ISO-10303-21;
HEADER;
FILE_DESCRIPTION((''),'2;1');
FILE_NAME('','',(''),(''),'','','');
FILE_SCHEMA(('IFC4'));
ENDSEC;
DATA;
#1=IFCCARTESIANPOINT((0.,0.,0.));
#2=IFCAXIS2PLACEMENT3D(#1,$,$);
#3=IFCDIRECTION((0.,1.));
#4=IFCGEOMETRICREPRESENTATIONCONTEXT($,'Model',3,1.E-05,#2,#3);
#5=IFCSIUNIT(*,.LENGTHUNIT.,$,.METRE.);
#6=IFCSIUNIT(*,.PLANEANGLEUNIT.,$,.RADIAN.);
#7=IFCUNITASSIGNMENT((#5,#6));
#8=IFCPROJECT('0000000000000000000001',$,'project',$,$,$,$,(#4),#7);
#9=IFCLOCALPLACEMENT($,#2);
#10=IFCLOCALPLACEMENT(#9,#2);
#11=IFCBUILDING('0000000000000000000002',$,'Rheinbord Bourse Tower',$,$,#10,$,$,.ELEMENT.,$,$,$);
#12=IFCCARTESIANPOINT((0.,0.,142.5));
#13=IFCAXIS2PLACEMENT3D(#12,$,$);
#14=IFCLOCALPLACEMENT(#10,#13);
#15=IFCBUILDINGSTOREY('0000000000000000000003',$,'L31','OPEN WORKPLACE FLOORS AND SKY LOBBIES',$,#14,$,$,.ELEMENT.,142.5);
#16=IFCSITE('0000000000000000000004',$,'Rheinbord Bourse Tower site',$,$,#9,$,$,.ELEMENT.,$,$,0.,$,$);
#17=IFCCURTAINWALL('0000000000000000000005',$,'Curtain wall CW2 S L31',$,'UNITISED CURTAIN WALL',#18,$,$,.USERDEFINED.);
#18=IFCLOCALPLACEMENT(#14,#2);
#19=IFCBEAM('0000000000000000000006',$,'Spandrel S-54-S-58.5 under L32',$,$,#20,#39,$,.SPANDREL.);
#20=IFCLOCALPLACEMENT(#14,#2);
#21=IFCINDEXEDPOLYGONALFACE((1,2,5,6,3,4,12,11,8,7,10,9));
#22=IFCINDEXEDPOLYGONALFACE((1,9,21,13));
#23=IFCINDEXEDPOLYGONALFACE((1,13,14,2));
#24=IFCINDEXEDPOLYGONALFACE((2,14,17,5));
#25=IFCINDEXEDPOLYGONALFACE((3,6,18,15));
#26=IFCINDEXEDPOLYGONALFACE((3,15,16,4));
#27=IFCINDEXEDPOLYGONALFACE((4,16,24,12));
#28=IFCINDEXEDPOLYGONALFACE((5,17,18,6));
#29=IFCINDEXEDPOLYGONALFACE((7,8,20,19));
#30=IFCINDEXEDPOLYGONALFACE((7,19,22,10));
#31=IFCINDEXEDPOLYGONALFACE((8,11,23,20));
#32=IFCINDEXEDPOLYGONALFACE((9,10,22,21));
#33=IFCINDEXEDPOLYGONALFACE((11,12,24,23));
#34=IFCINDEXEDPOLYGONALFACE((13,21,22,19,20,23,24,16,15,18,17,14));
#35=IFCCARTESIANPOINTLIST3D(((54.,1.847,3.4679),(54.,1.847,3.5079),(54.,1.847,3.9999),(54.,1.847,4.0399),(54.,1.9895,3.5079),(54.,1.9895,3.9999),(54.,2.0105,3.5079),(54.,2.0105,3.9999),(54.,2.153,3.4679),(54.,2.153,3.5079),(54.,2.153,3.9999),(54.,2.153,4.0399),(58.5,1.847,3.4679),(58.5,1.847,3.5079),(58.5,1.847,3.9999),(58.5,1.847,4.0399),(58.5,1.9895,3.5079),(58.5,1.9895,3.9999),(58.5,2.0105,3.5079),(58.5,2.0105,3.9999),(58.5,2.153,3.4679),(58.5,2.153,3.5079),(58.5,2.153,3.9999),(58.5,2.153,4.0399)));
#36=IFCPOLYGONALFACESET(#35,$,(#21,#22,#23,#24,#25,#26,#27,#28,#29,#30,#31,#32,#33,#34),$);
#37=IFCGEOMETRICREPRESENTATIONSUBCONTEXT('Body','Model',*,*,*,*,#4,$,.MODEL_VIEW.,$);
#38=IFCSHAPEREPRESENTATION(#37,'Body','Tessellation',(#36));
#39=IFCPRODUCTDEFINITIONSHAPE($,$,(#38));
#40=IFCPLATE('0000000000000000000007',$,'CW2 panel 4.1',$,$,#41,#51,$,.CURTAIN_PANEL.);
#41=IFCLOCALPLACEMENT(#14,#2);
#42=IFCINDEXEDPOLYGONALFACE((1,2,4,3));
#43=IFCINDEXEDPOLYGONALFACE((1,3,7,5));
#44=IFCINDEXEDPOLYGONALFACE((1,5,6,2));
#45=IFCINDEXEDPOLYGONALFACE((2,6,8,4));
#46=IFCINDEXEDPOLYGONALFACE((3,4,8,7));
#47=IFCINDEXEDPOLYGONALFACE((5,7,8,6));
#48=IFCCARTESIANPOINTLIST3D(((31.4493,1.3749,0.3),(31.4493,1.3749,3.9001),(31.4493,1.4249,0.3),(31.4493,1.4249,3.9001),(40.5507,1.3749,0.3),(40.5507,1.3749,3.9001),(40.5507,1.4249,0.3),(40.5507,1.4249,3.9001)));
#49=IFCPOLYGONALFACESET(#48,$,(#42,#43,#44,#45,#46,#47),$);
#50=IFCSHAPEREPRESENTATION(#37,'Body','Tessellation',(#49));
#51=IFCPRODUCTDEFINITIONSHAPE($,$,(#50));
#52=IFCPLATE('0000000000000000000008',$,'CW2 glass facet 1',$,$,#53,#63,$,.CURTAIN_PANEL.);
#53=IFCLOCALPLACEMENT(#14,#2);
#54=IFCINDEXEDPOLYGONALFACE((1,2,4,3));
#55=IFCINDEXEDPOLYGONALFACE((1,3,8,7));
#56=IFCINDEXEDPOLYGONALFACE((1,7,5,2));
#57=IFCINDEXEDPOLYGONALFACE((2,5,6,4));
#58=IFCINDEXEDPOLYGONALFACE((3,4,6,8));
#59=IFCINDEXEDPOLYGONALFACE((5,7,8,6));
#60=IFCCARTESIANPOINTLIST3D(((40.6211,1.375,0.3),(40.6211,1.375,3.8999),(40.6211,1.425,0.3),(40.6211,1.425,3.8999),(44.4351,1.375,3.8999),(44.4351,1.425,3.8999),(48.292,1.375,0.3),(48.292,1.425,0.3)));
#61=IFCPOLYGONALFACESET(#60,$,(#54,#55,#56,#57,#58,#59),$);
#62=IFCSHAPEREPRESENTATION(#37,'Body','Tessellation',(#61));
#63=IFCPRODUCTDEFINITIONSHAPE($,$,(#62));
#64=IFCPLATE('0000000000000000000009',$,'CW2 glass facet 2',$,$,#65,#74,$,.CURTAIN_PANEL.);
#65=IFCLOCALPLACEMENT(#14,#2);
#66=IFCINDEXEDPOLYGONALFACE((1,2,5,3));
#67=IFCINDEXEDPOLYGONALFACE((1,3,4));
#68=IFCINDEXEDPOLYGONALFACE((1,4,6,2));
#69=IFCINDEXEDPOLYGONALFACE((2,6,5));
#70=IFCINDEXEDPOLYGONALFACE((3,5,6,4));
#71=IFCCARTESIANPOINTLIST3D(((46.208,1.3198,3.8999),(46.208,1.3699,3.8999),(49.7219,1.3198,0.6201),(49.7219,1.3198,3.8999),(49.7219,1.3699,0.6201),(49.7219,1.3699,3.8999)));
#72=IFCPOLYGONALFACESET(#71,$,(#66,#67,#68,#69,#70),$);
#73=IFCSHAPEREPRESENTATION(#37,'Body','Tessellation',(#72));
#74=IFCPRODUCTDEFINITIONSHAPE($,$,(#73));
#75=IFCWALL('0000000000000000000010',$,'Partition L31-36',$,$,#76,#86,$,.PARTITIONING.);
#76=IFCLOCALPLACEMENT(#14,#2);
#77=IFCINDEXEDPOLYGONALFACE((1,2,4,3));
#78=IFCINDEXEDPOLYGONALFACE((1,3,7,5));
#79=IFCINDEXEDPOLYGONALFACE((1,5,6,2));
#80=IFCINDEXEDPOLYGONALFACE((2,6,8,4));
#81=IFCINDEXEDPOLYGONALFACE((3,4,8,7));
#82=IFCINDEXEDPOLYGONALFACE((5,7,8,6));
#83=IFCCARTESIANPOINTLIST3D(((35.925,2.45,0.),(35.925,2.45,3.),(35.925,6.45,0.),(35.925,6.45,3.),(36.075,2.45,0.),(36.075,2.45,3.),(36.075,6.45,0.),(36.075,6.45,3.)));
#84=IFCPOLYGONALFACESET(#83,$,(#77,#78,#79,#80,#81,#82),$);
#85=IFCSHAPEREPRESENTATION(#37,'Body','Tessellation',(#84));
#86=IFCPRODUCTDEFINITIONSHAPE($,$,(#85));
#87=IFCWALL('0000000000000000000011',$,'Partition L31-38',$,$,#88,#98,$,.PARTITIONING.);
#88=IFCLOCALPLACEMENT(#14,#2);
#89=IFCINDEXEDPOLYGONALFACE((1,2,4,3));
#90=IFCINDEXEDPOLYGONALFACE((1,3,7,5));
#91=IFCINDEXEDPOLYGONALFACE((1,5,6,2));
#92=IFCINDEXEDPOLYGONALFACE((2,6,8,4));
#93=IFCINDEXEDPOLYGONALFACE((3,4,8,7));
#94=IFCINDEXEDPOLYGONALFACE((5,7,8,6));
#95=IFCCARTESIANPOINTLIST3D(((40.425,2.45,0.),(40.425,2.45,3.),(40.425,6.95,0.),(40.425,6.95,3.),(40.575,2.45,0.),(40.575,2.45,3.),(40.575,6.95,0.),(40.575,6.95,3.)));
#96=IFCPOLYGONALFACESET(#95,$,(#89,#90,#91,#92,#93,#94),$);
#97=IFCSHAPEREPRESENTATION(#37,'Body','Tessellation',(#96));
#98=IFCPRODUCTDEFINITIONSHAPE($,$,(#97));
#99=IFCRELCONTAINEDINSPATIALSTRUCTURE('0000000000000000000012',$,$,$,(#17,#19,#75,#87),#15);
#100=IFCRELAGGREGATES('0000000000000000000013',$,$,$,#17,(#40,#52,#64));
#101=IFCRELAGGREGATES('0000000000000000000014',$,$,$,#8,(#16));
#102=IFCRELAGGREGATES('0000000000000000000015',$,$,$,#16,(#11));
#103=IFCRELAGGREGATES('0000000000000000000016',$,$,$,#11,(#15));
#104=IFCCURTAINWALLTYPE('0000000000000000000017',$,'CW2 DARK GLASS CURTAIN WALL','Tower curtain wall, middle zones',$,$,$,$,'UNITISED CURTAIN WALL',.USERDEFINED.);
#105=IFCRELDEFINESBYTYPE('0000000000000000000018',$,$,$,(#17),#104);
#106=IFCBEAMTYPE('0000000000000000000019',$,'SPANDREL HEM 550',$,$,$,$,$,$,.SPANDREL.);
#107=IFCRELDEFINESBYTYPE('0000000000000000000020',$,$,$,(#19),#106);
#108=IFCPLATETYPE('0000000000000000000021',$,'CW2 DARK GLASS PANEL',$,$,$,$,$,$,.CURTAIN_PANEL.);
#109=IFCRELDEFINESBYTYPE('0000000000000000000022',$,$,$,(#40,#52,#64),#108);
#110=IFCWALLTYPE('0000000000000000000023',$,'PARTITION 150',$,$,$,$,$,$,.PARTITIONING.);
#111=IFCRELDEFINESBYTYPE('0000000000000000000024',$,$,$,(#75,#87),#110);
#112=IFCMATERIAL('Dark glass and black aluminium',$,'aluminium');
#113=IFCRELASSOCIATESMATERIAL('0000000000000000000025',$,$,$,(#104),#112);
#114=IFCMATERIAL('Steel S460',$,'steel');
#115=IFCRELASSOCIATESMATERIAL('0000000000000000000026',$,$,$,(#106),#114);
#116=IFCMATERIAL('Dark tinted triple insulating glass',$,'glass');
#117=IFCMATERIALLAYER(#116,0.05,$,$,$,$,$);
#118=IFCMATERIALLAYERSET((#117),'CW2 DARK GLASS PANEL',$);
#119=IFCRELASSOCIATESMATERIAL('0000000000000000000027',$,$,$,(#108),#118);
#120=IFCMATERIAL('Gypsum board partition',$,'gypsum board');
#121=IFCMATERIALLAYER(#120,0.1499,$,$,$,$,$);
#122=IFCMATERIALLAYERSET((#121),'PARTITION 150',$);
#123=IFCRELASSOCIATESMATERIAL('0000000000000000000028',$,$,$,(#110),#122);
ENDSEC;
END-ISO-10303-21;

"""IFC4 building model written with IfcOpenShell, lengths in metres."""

from ifc_helpers import new_model, si_unit, direction, frame, frame_2d, origin, origin_2d, place, context, subcontext, project, spatial, polyline, rectangle, i_section, outline, extrude, material, layer, layer_set, material_profile, profile_set, type_object, element, aggregate, save


model = new_model("IFC4")

# Units and contexts
model_context = context("Model", 3, precision=1e-05, world=origin(), true_north=direction((0.0, 1.0)))
body_context = subcontext(model_context, "Body", "Model", "MODEL_VIEW")
ifc_project = project(units=[si_unit("LENGTHUNIT", "METRE"), si_unit("PLANEANGLEUNIT", "RADIAN")], contexts=[model_context])

# Site, building, storey
site_placement = place(None, origin())
site = spatial("IfcSite", under=ifc_project, at=site_placement, Name="Rheinbord Bourse Tower site", CompositionType="ELEMENT", RefElevation=0.0)
building_placement = place(site_placement, origin())
building = spatial("IfcBuilding", under=site, at=building_placement, Name="Rheinbord Bourse Tower", CompositionType="ELEMENT")
storey_placement = place(building_placement, frame((0.0, 0.0, 142.5)))
storey = spatial("IfcBuildingStorey", under=building, at=storey_placement, Name="L31", Description="OPEN WORKPLACE FLOORS AND SKY LOBBIES", CompositionType="ELEMENT", Elevation=142.5)

# Curtain wall
ifc_material_1 = material(Name="Dark glass and black aluminium", Category="aluminium")
curtain_wall_type = type_object("IfcCurtainWallType", Name="CW2 DARK GLASS CURTAIN WALL", Description="Tower curtain wall, middle zones", ElementType="UNITISED CURTAIN WALL", PredefinedType="USERDEFINED", material=ifc_material_1)
curtain_wall_placement = place(storey_placement, origin())
curtain_wall = element("IfcCurtainWall", 1, at=curtain_wall_placement, inside=storey, type_object=curtain_wall_type, Name="Curtain wall CW2 S L31", ObjectType="UNITISED CURTAIN WALL", PredefinedType="USERDEFINED")

# Beam
ifc_material_2 = material(Name="Steel S460", Category="steel")
ifc_material_profile_1 = material_profile(ifc_material_2, i_section(OverallWidth=0.3059, OverallDepth=0.572, WebThickness=0.021, FlangeThickness=0.04, at=origin_2d()), Name="HEM 550")
ifc_profile_set_1 = profile_set([ifc_material_profile_1], Name="Steel S460")
beam_type_1 = type_object("IfcBeamType", Name="SPANDREL HEM 550", PredefinedType="SPANDREL", material=ifc_profile_set_1)
for number, where, z_axis, x_axis, name in (
    (2, (54.0, 2.0, 3.7539), (1.0, 0.0, 0.0), (0.0, 1.0, 0.0), "Spandrel S-54-S-58.5 under L32"),
):
    element("IfcBeam", number, at=place(storey_placement, frame(where, z_axis=z_axis, x_axis=x_axis)), inside=storey, type_object=beam_type_1, Name=name, PredefinedType="SPANDREL", context=body_context, shape_type="SweptSolid", body=[
        extrude(i_section(OverallWidth=0.3059, OverallDepth=0.572, WebThickness=0.021, FlangeThickness=0.04, at=origin_2d()), origin(), (0.0, 0.0, 1.0), 4.5),
    ])

# Plates
ifc_material_3 = material(Name="Dark tinted triple insulating glass", Category="glass")
ifc_layer_1 = layer(ifc_material_3, 0.05)
ifc_layer_set_1 = layer_set([ifc_layer_1], Name="CW2 DARK GLASS PANEL")
plate_type = type_object("IfcPlateType", Name="CW2 DARK GLASS PANEL", PredefinedType="CURTAIN_PANEL", material=ifc_layer_set_1)
plate_1_placement = place(storey_placement, frame((36.0, 1.3999, 0.3), z_axis=(0.0, 0.0, 1.0), x_axis=(1.0, 0.0, 0.0)))
plate_1 = element("IfcPlate", 3, at=plate_1_placement, type_object=plate_type, Name="CW2 panel 4.1", PredefinedType="CURTAIN_PANEL", context=body_context, shape_type="SweptSolid", body=[
    extrude(rectangle(XDim=9.1013, YDim=0.05, at=origin_2d()), origin(), (0.0, 0.0, 1.0), 3.6001),
])
plate_2_placement = place(storey_placement, frame((40.6211, 1.375, 0.3), z_axis=(0.0, 1.0, 0.0), x_axis=(0.0, 0.0, 1.0)))
plate_2 = element("IfcPlate", 4, at=plate_2_placement, type_object=plate_type, Name="CW2 glass facet 1", PredefinedType="CURTAIN_PANEL", context=body_context, shape_type="SweptSolid", body=[
    extrude(outline(polyline([(0.0, 0.0), (3.5999, 0.0), (3.5999, 3.814), (0.0, 7.6709), (0.0, 0.0)])), origin(), (0.0, 0.0, 1.0), 0.05),
])
plate_3_placement = place(storey_placement, frame((49.7219, 1.3198, 3.8999), z_axis=(0.0, 1.0, 0.0), x_axis=(0.0, 0.0, -1.0)))
plate_3 = element("IfcPlate", 5, at=plate_3_placement, type_object=plate_type, Name="CW2 glass facet 2", PredefinedType="CURTAIN_PANEL", context=body_context, shape_type="SweptSolid", body=[
    extrude(outline(polyline([(0.0, 0.0), (3.2798, 0.0), (0.0, 3.5139), (0.0, 0.0)])), origin(), (0.0, 0.0, 1.0), 0.05),
])
aggregate(curtain_wall, [plate_1, plate_2, plate_3])

# Walls
ifc_material_4 = material(Name="Gypsum board partition", Category="gypsum board")
ifc_layer_2 = layer(ifc_material_4, 0.1499)
ifc_layer_set_2 = layer_set([ifc_layer_2], Name="PARTITION 150")
wall_type = type_object("IfcWallType", Name="PARTITION 150", PredefinedType="PARTITIONING", material=ifc_layer_set_2)
wall_1_placement = place(storey_placement, frame((36.0, 2.45, 0.0), z_axis=(0.0, 0.0, 1.0), x_axis=(0.0, 1.0, 0.0)))
element("IfcWall", 6, at=wall_1_placement, inside=storey, type_object=wall_type, Name="Partition L31-36", PredefinedType="PARTITIONING", context=body_context, shape_type="SweptSolid", body=[
    extrude(rectangle(XDim=4.0, YDim=0.1499, at=frame_2d((2.0, 0.0))), origin(), (0.0, 0.0, 1.0), 3.0),
])
wall_2_placement = place(storey_placement, frame((40.5, 2.45, 0.0), z_axis=(0.0, 0.0, 1.0), x_axis=(0.0, 1.0, 0.0)))
element("IfcWall", 7, at=wall_2_placement, inside=storey, type_object=wall_type, Name="Partition L31-38", PredefinedType="PARTITIONING", context=body_context, shape_type="SweptSolid", body=[
    extrude(rectangle(XDim=4.5, YDim=0.1499, at=frame_2d((2.25, 0.0))), origin(), (0.0, 0.0, 1.0), 3.0),
])

save(model, "model.ifc")
